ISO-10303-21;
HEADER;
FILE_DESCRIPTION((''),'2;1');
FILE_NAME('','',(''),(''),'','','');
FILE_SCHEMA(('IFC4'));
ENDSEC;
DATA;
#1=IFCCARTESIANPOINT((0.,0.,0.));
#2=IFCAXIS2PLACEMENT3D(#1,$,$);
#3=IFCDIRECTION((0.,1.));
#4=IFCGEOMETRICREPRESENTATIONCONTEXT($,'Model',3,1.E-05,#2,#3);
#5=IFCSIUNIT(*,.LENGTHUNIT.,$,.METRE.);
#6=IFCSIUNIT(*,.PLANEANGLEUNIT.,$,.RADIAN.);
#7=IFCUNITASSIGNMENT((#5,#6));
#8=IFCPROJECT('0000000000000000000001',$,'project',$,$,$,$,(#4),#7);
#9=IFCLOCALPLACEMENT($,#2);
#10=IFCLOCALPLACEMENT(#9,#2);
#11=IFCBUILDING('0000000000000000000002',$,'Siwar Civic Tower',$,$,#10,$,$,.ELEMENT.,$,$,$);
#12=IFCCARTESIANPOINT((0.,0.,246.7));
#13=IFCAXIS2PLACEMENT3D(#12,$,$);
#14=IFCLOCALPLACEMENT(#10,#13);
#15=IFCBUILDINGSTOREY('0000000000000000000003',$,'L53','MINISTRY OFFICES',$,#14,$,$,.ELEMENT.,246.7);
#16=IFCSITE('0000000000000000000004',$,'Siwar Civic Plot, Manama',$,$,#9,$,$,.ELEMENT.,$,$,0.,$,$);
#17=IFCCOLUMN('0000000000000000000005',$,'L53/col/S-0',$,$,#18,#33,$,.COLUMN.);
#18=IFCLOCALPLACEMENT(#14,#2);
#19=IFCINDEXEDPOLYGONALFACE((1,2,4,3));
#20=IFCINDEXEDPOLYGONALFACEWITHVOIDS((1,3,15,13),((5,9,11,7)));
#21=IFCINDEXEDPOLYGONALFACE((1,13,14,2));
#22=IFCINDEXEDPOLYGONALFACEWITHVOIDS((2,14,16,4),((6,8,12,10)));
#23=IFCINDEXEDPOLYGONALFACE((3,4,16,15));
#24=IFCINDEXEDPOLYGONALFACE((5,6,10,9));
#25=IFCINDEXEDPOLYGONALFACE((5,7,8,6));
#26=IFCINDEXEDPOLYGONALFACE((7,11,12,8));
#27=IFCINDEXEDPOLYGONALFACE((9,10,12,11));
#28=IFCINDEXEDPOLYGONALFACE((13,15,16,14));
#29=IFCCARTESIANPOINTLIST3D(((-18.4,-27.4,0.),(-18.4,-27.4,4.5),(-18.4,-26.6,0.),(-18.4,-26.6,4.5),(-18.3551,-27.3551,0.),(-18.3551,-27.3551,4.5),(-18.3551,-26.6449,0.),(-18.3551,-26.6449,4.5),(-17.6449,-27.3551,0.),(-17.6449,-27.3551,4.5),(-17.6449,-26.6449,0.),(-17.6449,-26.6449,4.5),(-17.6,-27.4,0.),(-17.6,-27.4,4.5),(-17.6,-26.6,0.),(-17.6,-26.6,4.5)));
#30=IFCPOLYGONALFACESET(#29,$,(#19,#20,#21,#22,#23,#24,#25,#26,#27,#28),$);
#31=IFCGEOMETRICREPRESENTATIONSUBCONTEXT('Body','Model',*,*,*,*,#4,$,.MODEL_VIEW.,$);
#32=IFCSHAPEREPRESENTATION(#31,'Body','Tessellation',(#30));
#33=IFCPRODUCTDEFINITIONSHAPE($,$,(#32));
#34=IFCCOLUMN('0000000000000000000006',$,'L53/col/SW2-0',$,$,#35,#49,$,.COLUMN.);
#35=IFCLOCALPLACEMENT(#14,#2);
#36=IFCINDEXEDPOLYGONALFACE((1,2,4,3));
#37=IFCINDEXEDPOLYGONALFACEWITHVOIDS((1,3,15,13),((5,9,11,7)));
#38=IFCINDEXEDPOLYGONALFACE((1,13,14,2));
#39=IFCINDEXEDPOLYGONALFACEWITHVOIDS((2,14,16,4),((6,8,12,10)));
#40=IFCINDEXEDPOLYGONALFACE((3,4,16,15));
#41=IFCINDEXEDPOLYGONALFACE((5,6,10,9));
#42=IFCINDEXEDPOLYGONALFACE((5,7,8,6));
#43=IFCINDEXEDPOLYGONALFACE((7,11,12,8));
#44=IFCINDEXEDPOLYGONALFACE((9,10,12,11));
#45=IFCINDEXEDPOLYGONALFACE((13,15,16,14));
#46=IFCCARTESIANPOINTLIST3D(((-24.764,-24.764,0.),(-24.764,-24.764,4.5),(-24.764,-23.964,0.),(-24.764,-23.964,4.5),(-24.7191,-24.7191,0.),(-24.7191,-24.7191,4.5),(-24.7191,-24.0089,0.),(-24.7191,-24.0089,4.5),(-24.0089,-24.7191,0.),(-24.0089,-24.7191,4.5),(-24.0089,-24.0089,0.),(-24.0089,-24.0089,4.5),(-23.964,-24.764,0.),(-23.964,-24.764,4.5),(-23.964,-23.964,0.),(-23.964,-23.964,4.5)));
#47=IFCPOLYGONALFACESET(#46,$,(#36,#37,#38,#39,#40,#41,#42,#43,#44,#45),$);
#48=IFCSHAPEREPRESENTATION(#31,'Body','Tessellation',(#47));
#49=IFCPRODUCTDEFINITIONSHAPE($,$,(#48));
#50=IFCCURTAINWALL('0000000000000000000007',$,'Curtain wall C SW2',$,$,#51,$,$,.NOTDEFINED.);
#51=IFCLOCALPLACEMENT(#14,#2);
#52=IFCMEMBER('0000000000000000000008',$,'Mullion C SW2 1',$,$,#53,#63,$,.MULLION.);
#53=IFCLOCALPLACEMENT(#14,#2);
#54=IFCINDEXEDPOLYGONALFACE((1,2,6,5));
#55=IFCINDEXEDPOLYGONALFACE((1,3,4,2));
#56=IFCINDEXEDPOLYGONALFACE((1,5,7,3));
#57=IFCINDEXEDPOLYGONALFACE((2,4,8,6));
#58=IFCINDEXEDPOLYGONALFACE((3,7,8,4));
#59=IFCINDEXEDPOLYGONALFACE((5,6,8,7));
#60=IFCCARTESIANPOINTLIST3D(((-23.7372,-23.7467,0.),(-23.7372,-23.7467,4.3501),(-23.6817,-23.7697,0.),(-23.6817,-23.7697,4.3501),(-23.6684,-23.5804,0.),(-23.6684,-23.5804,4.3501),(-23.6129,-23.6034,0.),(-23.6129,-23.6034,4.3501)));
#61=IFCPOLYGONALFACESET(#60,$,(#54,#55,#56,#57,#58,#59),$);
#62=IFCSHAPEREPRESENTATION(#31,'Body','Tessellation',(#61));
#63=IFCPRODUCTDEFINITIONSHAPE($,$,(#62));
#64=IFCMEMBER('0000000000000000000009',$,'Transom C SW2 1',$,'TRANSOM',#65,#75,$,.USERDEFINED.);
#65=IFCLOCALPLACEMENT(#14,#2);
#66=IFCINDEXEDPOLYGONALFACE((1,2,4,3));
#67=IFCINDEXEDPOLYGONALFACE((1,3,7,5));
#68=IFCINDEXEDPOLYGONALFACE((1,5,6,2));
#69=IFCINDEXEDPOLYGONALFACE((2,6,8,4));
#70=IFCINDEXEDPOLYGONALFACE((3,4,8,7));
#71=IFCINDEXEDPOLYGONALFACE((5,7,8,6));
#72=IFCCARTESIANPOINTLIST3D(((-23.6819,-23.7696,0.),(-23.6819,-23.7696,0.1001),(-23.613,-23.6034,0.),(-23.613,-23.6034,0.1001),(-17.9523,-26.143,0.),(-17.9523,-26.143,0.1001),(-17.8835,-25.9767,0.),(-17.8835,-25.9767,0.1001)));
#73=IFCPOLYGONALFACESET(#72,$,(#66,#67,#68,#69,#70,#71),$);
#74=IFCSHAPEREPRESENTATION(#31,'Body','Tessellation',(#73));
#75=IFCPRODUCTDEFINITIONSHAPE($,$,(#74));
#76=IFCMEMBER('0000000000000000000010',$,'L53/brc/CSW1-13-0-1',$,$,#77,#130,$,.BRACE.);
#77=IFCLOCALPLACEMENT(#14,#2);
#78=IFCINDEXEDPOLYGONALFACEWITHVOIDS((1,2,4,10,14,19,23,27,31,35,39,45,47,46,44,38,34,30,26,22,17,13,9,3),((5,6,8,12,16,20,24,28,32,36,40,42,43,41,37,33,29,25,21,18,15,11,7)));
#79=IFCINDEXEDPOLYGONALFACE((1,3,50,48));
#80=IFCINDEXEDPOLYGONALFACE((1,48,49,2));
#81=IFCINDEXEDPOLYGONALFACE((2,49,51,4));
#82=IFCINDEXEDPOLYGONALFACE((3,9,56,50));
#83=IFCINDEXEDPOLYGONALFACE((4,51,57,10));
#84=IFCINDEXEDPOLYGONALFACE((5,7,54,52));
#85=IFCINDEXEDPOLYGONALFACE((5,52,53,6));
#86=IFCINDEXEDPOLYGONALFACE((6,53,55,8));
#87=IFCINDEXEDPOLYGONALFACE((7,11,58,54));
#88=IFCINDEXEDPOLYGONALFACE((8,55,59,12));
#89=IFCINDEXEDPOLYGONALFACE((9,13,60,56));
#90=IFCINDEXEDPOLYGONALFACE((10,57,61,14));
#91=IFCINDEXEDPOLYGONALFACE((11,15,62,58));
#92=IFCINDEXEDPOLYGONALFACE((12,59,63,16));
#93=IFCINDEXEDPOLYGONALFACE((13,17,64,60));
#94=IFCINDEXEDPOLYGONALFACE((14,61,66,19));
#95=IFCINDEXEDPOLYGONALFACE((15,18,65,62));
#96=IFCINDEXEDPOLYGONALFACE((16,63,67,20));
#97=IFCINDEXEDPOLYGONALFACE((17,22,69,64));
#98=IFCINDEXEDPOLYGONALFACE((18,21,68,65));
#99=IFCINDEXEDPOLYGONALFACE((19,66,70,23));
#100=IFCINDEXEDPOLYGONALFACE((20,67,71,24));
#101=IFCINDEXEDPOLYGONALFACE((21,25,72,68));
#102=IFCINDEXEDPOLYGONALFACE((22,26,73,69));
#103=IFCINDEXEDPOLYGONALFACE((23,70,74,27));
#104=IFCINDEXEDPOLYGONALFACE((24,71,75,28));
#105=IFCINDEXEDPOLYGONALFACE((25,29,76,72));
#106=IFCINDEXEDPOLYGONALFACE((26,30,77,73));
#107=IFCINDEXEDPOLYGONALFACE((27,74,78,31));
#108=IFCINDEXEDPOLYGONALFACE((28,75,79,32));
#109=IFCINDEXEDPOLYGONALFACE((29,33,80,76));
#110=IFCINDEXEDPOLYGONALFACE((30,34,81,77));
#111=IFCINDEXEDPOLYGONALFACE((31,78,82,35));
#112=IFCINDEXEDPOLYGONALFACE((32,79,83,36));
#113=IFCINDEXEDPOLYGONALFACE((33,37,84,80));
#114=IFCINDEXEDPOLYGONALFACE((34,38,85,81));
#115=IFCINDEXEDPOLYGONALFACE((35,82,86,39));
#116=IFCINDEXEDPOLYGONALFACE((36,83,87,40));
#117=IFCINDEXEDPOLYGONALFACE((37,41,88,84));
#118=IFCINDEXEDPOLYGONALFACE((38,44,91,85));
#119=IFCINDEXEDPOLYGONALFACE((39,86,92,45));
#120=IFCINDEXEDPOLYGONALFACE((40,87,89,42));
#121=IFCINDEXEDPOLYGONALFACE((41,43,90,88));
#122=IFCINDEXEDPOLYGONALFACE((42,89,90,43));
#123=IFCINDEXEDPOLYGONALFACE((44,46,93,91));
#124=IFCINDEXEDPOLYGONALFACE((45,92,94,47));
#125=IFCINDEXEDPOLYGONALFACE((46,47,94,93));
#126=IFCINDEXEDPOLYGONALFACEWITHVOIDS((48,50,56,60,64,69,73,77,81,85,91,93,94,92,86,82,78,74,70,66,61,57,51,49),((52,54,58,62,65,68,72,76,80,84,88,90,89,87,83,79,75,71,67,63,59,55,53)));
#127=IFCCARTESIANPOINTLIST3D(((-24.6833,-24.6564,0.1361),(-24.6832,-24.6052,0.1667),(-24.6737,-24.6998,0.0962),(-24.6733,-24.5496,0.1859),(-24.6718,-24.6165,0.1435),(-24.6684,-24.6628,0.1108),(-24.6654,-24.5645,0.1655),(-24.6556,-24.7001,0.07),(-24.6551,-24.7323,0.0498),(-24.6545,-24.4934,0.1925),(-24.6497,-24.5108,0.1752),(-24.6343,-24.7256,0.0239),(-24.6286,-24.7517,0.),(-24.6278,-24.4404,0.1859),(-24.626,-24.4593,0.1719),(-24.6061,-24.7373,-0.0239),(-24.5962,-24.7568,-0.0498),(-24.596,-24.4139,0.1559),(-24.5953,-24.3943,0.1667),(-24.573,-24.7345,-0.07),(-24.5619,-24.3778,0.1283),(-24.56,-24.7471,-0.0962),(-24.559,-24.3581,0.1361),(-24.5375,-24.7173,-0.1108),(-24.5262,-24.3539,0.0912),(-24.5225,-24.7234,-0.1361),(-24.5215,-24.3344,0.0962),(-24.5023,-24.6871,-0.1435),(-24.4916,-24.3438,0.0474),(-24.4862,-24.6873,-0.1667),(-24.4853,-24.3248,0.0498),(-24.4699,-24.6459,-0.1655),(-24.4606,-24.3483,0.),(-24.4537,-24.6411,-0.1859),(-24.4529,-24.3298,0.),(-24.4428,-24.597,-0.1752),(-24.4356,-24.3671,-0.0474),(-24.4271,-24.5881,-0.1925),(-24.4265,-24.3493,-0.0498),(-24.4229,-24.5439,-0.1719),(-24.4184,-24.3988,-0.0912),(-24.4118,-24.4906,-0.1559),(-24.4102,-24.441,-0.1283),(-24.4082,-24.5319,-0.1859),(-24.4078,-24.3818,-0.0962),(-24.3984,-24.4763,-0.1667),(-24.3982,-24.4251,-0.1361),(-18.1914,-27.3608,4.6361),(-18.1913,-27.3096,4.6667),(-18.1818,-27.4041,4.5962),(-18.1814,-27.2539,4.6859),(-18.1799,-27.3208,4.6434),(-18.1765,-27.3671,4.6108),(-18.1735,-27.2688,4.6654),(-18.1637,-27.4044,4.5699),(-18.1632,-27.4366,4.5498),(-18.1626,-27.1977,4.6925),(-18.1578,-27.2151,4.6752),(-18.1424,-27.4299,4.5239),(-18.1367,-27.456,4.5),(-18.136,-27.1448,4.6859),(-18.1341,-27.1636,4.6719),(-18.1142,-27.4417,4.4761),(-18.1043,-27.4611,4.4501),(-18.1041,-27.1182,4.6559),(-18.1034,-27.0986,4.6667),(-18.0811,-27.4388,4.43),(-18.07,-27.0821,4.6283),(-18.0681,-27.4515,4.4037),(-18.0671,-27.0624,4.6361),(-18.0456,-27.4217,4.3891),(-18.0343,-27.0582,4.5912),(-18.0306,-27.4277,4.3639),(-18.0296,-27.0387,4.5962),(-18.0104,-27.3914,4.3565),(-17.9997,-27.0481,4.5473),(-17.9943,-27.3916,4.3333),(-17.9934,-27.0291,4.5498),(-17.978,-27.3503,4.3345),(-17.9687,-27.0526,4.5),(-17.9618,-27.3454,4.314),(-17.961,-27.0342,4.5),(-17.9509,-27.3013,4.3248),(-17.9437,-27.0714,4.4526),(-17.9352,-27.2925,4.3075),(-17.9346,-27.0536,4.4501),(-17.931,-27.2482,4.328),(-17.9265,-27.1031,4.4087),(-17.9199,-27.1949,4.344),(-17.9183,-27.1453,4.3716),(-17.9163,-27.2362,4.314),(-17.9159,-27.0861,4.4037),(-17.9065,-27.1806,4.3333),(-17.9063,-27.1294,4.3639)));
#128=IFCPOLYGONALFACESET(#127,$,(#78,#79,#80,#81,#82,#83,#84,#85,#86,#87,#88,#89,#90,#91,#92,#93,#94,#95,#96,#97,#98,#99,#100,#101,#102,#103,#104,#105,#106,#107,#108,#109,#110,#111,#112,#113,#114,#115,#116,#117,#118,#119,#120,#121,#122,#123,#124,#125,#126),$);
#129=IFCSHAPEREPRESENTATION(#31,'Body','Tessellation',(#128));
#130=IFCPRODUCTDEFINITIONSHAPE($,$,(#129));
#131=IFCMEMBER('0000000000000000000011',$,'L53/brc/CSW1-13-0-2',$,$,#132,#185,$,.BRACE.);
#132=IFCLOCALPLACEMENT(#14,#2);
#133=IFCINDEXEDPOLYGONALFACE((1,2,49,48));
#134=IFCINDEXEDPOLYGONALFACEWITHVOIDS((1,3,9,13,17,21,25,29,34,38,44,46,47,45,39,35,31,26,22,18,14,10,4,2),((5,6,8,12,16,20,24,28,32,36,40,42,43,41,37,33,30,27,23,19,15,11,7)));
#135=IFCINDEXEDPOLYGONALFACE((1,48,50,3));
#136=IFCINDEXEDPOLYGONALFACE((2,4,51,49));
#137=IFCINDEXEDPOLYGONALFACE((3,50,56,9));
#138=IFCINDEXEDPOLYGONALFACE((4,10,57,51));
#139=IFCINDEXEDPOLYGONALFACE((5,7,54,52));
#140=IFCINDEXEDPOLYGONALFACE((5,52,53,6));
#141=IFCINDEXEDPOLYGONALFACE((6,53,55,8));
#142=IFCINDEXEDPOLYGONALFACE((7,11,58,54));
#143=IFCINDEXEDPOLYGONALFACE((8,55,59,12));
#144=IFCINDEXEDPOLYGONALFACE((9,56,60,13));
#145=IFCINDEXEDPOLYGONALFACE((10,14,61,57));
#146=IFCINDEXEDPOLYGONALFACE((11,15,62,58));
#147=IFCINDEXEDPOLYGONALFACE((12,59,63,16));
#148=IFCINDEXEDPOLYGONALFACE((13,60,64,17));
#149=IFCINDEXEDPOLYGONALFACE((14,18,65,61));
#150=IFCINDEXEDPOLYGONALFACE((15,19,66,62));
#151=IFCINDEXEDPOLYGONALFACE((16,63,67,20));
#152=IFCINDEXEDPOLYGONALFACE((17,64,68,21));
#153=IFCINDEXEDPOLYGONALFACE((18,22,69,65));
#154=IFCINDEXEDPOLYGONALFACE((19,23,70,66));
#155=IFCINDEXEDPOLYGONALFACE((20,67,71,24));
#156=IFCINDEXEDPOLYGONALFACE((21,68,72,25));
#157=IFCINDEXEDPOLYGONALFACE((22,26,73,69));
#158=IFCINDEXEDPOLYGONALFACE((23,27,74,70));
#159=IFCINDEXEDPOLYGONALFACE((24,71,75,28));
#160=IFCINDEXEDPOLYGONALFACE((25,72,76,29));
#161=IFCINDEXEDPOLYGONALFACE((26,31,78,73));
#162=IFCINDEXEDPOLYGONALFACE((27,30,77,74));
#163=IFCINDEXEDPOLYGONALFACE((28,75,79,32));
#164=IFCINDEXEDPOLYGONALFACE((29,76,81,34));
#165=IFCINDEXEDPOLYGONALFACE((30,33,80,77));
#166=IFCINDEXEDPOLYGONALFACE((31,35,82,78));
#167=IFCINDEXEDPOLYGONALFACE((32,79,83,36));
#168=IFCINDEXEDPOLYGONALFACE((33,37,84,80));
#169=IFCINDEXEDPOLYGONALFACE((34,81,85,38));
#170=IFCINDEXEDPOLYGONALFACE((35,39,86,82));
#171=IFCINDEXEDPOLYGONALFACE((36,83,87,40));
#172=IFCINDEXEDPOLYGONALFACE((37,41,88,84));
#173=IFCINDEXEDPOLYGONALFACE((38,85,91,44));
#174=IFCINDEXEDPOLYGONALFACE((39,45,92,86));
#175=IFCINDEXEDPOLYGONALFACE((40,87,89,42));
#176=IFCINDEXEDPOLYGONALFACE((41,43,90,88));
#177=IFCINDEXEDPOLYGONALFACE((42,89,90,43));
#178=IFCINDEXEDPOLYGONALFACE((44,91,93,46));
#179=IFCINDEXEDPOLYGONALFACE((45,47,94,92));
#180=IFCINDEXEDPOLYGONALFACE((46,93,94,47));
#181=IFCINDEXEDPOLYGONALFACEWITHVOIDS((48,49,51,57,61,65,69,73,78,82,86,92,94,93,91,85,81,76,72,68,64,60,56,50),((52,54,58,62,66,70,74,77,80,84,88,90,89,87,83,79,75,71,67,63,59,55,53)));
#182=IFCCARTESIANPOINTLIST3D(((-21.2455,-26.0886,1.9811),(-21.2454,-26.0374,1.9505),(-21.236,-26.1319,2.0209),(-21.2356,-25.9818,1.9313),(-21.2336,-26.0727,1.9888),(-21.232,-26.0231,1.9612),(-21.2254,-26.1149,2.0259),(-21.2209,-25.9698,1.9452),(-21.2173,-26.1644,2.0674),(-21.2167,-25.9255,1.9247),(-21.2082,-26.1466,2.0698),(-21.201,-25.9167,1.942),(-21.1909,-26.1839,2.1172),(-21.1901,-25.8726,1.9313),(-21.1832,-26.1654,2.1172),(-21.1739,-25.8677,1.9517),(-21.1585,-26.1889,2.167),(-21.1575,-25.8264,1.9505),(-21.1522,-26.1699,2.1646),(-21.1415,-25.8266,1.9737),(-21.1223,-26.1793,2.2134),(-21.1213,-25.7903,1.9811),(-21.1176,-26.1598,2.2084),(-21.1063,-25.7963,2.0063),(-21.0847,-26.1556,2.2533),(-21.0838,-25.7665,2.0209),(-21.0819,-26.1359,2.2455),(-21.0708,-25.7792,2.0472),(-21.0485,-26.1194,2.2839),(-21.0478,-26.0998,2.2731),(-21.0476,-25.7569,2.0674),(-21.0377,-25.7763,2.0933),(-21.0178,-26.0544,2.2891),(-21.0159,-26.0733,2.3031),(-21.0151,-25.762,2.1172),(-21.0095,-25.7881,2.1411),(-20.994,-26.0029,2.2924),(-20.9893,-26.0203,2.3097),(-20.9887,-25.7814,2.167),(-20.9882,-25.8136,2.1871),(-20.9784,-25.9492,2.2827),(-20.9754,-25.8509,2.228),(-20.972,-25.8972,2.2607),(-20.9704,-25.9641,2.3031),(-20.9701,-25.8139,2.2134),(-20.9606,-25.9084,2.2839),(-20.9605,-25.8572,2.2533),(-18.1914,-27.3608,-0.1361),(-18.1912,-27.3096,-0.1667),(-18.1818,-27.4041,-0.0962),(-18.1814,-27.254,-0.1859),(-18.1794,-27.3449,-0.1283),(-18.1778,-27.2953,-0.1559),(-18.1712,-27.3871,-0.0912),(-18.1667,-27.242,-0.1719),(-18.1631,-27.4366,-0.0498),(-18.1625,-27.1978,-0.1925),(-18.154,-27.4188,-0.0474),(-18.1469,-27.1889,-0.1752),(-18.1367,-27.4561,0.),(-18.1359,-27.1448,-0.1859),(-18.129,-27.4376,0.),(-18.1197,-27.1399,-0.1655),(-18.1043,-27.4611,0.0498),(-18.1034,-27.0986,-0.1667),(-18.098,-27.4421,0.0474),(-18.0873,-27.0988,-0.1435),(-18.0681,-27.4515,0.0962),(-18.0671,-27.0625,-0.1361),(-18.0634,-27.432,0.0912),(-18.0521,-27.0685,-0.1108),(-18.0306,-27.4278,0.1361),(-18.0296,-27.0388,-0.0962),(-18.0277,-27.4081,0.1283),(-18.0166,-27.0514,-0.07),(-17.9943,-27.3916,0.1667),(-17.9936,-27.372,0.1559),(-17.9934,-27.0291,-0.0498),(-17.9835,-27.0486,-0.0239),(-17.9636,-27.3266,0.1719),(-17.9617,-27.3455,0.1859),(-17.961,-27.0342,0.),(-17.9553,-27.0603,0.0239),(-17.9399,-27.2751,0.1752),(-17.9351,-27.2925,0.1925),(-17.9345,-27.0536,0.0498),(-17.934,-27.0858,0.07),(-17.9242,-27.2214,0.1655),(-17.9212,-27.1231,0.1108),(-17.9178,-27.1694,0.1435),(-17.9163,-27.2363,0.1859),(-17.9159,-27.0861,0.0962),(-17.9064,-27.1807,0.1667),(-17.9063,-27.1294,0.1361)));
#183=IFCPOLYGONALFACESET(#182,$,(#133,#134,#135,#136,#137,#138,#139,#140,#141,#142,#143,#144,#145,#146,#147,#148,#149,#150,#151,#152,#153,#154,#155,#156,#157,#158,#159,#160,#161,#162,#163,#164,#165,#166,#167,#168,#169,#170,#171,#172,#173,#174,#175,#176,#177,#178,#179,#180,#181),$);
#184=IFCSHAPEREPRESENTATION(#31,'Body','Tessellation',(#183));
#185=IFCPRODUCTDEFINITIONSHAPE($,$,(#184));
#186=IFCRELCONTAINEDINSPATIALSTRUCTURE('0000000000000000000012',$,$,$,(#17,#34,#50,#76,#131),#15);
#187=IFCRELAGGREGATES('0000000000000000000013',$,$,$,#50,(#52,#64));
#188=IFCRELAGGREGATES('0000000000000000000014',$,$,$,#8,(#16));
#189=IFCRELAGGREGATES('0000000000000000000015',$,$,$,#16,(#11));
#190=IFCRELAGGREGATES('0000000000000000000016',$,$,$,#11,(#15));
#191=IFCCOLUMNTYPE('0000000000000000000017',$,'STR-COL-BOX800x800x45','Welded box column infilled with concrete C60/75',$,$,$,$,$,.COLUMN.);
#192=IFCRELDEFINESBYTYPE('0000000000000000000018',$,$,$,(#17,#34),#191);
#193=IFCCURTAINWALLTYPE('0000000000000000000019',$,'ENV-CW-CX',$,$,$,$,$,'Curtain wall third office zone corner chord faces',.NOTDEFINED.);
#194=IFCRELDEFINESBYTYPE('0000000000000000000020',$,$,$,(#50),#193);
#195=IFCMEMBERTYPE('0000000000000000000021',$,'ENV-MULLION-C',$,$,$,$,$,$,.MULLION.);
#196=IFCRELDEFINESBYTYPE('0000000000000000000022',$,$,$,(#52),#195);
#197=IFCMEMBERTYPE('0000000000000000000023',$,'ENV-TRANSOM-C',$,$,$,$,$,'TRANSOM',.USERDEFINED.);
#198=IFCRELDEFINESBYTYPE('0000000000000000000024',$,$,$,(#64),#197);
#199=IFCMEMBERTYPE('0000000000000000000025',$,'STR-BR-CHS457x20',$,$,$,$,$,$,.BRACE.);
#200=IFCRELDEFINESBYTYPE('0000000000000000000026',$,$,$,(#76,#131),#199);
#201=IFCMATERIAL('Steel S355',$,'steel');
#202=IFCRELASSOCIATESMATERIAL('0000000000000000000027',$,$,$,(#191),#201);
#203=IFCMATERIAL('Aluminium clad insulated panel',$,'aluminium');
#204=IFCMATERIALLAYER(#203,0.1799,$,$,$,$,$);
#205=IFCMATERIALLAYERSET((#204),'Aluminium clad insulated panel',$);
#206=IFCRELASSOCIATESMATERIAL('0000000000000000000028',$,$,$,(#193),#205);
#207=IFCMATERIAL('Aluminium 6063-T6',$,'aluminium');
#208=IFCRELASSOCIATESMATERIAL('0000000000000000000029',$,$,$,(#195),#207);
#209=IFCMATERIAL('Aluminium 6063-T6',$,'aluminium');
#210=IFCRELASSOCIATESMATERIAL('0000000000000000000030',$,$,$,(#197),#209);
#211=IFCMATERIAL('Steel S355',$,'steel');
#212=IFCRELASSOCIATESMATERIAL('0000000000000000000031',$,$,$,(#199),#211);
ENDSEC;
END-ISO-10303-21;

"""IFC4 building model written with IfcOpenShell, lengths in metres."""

from ifc_helpers import new_model, si_unit, direction, frame, origin, origin_2d, place, context, subcontext, project, spatial, rectangle, hollow_rectangle, hollow_circle, extrude, material, layer, layer_set, material_profile, profile_set, type_object, element, aggregate, save


model = new_model("IFC4")

# Units and contexts
model_context = context("Model", 3, precision=1e-05, world=origin(), true_north=direction((0.0, 1.0)))
body_context = subcontext(model_context, "Body", "Model", "MODEL_VIEW")
ifc_project = project(units=[si_unit("LENGTHUNIT", "METRE"), si_unit("PLANEANGLEUNIT", "RADIAN")], contexts=[model_context])

# Site, building, storey
site_placement = place(None, origin())
site = spatial("IfcSite", under=ifc_project, at=site_placement, Name="Siwar Civic Plot, Manama", CompositionType="ELEMENT", RefElevation=0.0)
building_placement = place(site_placement, origin())
building = spatial("IfcBuilding", under=site, at=building_placement, Name="Siwar Civic Tower", CompositionType="ELEMENT")
storey_placement = place(building_placement, frame((0.0, 0.0, 246.7)))
storey = spatial("IfcBuildingStorey", under=building, at=storey_placement, Name="L53", Description="MINISTRY OFFICES", CompositionType="ELEMENT", Elevation=246.7)

# Columns
ifc_material_1 = material(Name="Steel S355", Category="steel")
ifc_material_profile_1 = material_profile(ifc_material_1, hollow_rectangle(XDim=0.8, YDim=0.8, WallThickness=0.0449, at=origin_2d()), Name="BOX800x800x45")
ifc_profile_set_1 = profile_set([ifc_material_profile_1], Name="Steel S355")
column_type = type_object("IfcColumnType", Name="STR-COL-BOX800x800x45", Description="Welded box column infilled with concrete C60/75", PredefinedType="COLUMN", material=ifc_profile_set_1)
for number, where, z_axis, x_axis, name in (
    (1, (-18.0, -27.0, 0.0), (0.0, 0.0, 1.0), (1.0, 0.0, 0.0), "L53/col/S-0"),
    (2, (-24.364, -24.364, 0.0), (0.0, 0.0, 1.0), (1.0, 0.0, 0.0), "L53/col/SW2-0"),
):
    element("IfcColumn", number, at=place(storey_placement, frame(where, z_axis=z_axis, x_axis=x_axis)), inside=storey, type_object=column_type, Name=name, PredefinedType="COLUMN", context=body_context, shape_type="SweptSolid", body=[
        extrude(hollow_rectangle(XDim=0.8, YDim=0.8, WallThickness=0.0449, at=origin_2d()), origin(), (0.0, 0.0, 1.0), 4.5),
    ])

# Curtain wall, members
ifc_material_2 = material(Name="Aluminium clad insulated panel", Category="aluminium")
ifc_layer_1 = layer(ifc_material_2, 0.1799)
ifc_layer_set_1 = layer_set([ifc_layer_1], Name="Aluminium clad insulated panel")
curtain_wall_type = type_object("IfcCurtainWallType", Name="ENV-CW-CX", ElementType="Curtain wall third office zone corner chord faces", PredefinedType="NOTDEFINED", material=ifc_layer_set_1)
curtain_wall_1_placement = place(storey_placement, origin())
curtain_wall_1 = element("IfcCurtainWall", 3, at=curtain_wall_1_placement, inside=storey, type_object=curtain_wall_type, Name="Curtain wall C SW2", PredefinedType="NOTDEFINED")
ifc_material_3 = material(Name="Aluminium 6063-T6", Category="aluminium")
ifc_material_profile_2 = material_profile(ifc_material_3, rectangle(XDim=0.1799, YDim=0.0601, at=origin_2d()), Name="AL 180x60")
ifc_profile_set_2 = profile_set([ifc_material_profile_2], Name="Aluminium 6063-T6")
member_type_1 = type_object("IfcMemberType", Name="ENV-MULLION-C", PredefinedType="MULLION", material=ifc_profile_set_2)
member_1_placement = place(storey_placement, frame((-23.675, -23.675, 0.0), z_axis=(0.0, 0.0, 1.0), x_axis=(0.382683, 0.92388, 0.0)))
member_1 = element("IfcMember", 4, at=member_1_placement, type_object=member_type_1, Name="Mullion C SW2 1", PredefinedType="MULLION", context=body_context, shape_type="SweptSolid", body=[
    extrude(rectangle(XDim=0.1799, YDim=0.0601, at=origin_2d()), origin(), (0.0, 0.0, 1.0), 4.3501),
])
ifc_material_4 = material(Name="Aluminium 6063-T6", Category="aluminium")
ifc_material_profile_3 = material_profile(ifc_material_4, rectangle(XDim=0.1799, YDim=0.1001, at=origin_2d()), Name="AL 180x100")
ifc_profile_set_3 = profile_set([ifc_material_profile_3], Name="Aluminium 6063-T6")
member_type_2 = type_object("IfcMemberType", Name="ENV-TRANSOM-C", ElementType="TRANSOM", PredefinedType="USERDEFINED", material=ifc_profile_set_3)
member_2_placement = place(storey_placement, frame((-23.6475, -23.6865, 0.05), z_axis=(0.923876, -0.382691, 0.0), x_axis=(0.382691, 0.923876, 0.0)))
member_2 = element("IfcMember", 5, at=member_2_placement, type_object=member_type_2, Name="Transom C SW2 1", ObjectType="TRANSOM", PredefinedType="USERDEFINED", context=body_context, shape_type="SweptSolid", body=[
    extrude(rectangle(XDim=0.1799, YDim=0.1001, at=origin_2d()), origin(), (0.0, 0.0, 1.0), 6.2017),
])

# Members
ifc_material_5 = material(Name="Steel S355", Category="steel")
ifc_material_profile_4 = material_profile(ifc_material_5, hollow_circle(Radius=0.2285, WallThickness=0.02, at=origin_2d()), Name="CHS457x20")
ifc_profile_set_4 = profile_set([ifc_material_profile_4], Name="Steel S355")
member_type_3 = type_object("IfcMemberType", Name="STR-BR-CHS457x20", PredefinedType="BRACE", material=ifc_profile_set_4)
member_3_placement = place(storey_placement, frame((-24.5408, -24.5408, 0.0), z_axis=(0.777555, -0.323906, 0.538975), x_axis=(0.384539, 0.923109, 0.0)))
element("IfcMember", 6, at=member_3_placement, inside=storey, type_object=member_type_3, Name="L53/brc/CSW1-13-0-1", PredefinedType="BRACE", context=body_context, shape_type="SweptSolid", body=[
    extrude(hollow_circle(Radius=0.2285, WallThickness=0.02, at=origin_2d()), origin(), (0.0, 0.0, 1.0), 8.3491),
])
for number, where, z_axis, x_axis, name in (
    (7, (-18.0488, -27.2451, 0.0), (-0.777546, 0.323884, 0.538999), (-0.384521, -0.923116, 0.0), "L53/brc/CSW1-13-0-2"),
):
    element("IfcMember", number, at=place(storey_placement, frame(where, z_axis=z_axis, x_axis=x_axis)), inside=storey, type_object=member_type_3, Name=name, PredefinedType="BRACE", context=body_context, shape_type="SweptSolid", body=[
        extrude(hollow_circle(Radius=0.2285, WallThickness=0.02, at=origin_2d()), origin(), (0.0, 0.0, 1.0), 3.928),
    ])

aggregate(curtain_wall_1, [member_1, member_2])

save(model, "model.ifc")
